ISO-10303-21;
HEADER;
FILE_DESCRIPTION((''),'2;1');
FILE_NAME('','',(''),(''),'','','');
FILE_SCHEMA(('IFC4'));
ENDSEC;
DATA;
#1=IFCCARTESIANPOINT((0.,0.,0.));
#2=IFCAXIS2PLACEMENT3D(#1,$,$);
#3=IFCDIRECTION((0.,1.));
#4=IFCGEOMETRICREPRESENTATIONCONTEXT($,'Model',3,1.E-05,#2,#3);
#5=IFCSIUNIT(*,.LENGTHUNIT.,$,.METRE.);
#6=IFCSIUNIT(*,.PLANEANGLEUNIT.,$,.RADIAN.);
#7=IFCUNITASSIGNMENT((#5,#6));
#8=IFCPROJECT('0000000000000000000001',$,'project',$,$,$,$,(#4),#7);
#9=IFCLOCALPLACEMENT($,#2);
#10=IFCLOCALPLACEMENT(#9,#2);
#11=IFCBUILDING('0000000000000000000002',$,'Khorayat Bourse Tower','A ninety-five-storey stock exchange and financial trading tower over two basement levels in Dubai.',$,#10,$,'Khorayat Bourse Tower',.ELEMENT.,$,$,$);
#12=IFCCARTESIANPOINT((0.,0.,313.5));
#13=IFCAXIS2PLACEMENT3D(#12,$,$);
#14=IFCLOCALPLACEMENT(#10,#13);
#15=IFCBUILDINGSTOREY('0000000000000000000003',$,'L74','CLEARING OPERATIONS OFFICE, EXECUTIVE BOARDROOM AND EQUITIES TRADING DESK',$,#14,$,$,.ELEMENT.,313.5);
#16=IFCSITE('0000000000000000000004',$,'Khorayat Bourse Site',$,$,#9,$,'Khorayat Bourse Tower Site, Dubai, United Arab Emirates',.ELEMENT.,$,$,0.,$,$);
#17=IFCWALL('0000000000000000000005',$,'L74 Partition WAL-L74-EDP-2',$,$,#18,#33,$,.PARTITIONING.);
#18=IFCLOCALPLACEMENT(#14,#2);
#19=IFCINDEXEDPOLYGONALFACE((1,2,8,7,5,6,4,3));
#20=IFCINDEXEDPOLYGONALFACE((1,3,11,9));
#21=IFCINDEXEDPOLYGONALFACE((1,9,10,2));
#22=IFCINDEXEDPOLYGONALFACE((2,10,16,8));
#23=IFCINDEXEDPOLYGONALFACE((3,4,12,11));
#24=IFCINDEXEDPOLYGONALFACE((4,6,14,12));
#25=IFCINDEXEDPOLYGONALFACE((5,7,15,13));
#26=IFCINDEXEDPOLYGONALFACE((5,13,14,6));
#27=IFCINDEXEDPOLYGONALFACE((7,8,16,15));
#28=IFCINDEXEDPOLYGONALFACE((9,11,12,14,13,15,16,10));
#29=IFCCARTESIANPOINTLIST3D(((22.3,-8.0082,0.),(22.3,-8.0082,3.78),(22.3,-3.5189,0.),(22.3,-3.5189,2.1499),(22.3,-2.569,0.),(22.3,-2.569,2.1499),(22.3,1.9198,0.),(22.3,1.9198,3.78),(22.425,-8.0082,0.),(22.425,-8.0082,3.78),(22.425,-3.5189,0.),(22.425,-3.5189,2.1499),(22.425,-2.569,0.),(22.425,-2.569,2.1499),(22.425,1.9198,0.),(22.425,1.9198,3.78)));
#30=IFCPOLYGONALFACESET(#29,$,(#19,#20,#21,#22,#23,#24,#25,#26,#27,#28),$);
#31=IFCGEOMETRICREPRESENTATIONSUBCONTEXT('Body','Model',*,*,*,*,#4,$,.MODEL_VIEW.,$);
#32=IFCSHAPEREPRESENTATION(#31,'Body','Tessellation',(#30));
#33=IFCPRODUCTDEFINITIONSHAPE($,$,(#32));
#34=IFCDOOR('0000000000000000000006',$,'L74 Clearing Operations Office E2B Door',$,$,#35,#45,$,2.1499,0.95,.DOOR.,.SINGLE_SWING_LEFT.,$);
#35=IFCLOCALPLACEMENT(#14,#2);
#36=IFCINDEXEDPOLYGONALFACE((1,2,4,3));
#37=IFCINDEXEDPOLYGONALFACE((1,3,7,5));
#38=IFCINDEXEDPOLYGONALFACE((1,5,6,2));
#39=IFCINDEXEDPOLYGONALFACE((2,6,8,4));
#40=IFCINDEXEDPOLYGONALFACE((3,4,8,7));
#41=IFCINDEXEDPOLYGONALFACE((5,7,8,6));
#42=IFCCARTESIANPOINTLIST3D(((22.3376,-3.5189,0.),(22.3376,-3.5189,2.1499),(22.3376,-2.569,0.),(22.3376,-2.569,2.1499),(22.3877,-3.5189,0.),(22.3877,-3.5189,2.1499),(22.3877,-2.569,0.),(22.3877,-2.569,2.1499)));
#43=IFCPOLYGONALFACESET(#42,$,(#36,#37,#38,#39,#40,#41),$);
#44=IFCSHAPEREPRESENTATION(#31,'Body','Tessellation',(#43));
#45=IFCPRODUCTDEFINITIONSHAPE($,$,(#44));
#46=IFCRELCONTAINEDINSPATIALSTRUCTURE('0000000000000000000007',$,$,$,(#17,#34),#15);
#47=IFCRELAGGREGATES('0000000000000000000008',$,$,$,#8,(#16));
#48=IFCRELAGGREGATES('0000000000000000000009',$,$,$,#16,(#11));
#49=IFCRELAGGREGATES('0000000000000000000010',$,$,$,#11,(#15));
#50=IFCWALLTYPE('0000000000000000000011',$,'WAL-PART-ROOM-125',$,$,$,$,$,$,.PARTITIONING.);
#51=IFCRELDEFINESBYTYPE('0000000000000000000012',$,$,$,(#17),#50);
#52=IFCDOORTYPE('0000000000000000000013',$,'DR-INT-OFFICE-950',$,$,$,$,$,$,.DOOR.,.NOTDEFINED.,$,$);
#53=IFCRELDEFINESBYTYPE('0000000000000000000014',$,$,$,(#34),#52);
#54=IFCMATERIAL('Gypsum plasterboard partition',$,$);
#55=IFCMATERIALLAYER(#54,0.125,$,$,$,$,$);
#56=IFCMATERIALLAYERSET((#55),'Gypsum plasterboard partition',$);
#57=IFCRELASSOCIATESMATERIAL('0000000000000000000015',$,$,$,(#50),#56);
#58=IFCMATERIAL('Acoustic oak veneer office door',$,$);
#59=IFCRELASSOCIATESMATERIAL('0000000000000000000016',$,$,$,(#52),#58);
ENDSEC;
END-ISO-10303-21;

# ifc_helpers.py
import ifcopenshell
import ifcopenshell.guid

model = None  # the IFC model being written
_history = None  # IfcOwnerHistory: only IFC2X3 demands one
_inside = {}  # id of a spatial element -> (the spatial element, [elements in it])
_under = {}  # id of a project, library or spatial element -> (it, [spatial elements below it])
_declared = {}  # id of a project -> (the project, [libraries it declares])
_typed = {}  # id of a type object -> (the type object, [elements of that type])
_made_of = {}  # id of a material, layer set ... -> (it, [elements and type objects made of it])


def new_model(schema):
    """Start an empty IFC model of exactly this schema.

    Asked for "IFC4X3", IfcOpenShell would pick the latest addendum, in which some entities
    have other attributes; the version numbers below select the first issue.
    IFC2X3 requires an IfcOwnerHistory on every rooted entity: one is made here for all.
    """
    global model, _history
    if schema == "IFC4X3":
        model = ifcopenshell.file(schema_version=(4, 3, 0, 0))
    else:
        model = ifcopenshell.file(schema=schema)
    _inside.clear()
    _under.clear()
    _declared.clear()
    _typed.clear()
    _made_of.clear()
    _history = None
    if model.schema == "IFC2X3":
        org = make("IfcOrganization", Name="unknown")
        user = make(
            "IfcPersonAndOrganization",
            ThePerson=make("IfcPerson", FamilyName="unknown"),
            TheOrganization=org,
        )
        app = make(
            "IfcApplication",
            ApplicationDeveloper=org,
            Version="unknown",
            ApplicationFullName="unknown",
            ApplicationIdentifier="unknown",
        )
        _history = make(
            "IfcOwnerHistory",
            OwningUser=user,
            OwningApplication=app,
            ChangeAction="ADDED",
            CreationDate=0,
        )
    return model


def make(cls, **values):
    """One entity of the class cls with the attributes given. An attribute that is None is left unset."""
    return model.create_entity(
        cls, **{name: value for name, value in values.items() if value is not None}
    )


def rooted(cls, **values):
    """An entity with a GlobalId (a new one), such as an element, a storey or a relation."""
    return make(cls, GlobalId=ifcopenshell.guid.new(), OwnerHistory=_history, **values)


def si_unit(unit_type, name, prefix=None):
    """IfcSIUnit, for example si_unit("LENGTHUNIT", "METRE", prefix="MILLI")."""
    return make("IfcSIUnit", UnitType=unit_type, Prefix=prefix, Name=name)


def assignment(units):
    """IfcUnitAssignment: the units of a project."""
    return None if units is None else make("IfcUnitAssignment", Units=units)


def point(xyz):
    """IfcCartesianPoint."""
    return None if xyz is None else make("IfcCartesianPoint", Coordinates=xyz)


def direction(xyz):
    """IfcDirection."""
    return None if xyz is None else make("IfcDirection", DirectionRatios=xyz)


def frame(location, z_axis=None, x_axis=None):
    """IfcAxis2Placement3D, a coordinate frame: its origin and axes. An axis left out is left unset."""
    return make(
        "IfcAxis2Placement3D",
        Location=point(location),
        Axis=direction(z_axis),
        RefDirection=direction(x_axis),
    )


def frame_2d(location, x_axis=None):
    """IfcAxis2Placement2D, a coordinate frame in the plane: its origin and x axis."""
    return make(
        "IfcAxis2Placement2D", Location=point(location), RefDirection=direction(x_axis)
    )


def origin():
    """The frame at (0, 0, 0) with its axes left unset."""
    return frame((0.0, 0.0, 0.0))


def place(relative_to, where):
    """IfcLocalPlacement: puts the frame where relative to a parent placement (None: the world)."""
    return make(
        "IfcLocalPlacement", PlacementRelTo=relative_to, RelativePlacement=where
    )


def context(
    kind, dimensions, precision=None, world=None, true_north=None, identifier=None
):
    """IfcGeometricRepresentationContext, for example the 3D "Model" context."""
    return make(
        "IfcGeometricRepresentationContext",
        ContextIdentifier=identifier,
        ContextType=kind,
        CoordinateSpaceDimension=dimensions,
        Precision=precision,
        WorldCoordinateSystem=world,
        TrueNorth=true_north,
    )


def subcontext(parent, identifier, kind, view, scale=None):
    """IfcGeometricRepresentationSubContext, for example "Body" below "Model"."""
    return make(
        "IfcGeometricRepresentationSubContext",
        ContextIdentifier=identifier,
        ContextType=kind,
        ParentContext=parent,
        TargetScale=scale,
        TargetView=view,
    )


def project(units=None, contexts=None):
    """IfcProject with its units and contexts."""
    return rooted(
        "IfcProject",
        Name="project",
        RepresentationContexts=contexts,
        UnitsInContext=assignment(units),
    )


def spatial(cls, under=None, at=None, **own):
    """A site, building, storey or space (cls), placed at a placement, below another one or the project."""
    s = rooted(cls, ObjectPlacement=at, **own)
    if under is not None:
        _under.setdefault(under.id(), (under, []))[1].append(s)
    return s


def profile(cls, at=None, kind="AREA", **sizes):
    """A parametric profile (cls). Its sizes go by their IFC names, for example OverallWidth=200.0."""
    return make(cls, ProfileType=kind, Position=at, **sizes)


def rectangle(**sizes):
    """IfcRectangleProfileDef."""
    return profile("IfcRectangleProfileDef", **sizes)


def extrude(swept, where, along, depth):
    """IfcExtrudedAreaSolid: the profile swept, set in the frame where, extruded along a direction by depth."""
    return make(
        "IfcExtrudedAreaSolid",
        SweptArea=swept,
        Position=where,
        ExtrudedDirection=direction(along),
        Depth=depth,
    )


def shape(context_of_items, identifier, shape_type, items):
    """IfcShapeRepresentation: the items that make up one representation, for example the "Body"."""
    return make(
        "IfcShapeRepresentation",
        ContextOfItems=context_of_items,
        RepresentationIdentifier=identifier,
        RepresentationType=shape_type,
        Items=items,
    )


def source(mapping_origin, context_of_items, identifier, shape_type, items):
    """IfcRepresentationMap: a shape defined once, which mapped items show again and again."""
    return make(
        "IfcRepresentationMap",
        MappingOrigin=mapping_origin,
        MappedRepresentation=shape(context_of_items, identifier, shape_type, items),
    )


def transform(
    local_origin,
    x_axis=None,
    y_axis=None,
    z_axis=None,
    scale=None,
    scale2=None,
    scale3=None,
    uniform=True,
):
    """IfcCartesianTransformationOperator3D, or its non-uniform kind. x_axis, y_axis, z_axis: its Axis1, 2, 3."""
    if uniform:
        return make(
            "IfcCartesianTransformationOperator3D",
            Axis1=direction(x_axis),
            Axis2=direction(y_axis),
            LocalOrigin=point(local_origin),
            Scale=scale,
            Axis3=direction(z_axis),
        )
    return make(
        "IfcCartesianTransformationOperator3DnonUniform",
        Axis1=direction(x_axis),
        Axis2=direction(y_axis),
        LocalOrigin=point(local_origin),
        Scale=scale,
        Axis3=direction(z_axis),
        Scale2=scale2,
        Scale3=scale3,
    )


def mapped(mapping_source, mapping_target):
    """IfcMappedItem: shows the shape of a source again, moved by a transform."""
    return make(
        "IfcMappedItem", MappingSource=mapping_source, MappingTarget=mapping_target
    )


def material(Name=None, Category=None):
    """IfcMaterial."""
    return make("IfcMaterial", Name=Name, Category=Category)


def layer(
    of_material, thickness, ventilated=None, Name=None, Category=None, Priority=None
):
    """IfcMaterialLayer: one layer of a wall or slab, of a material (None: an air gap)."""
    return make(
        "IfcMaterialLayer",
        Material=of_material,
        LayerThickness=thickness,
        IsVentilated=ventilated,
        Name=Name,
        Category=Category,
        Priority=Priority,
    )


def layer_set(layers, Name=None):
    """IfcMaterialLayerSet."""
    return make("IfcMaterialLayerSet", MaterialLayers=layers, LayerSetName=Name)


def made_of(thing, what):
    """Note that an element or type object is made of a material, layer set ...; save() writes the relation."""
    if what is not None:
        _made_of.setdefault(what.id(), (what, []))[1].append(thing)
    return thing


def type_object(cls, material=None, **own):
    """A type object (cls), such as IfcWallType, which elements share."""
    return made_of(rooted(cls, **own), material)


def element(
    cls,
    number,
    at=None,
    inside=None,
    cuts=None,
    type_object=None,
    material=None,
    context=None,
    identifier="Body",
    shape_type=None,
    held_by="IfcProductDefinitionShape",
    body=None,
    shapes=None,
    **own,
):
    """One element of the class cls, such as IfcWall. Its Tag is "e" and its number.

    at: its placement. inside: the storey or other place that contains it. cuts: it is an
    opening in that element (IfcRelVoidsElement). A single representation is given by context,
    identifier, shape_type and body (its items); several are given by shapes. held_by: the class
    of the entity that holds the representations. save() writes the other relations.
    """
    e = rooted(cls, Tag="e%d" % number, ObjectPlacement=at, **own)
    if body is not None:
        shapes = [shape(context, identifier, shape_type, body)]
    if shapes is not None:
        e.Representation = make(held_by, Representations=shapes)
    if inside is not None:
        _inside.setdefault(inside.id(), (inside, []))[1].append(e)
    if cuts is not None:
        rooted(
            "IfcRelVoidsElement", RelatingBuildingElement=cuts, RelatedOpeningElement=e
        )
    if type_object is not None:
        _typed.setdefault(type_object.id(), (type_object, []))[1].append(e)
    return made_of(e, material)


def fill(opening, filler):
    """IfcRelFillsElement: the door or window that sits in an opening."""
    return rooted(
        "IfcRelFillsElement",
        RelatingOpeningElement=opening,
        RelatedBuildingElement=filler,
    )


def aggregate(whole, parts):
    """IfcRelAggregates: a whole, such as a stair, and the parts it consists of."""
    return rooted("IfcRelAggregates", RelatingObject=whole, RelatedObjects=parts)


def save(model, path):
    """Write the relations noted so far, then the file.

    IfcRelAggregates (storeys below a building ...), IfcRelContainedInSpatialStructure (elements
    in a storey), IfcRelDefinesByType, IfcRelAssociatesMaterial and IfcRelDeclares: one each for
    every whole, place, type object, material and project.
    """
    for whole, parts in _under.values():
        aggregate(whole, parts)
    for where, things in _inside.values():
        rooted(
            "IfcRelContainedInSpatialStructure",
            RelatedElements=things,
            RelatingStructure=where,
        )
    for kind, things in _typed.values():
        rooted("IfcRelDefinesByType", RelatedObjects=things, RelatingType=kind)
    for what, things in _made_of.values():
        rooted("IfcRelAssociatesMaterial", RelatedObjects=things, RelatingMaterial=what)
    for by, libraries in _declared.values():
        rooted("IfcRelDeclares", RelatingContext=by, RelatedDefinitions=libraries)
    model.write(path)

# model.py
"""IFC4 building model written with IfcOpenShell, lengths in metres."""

from ifc_helpers import new_model, si_unit, direction, frame, frame_2d, origin, place, context, subcontext, project, spatial, rectangle, extrude, source, transform, mapped, material, layer, layer_set, type_object, element, fill, save


model = new_model("IFC4")

# Units and contexts
model_context = context("Model", 3, precision=1e-05, world=origin(), true_north=direction((0.0, 1.0)))
body_context = subcontext(model_context, "Body", "Model", "MODEL_VIEW")
ifc_project = project(units=[si_unit("LENGTHUNIT", "METRE"), si_unit("PLANEANGLEUNIT", "RADIAN")], contexts=[model_context])

# Site, building, storey
site_placement = place(None, origin())
site = spatial("IfcSite", under=ifc_project, at=site_placement, Name="Khorayat Bourse Site", LongName="Khorayat Bourse Tower Site, Dubai, United Arab Emirates", CompositionType="ELEMENT", RefElevation=0.0)
building_placement = place(site_placement, origin())
building = spatial("IfcBuilding", under=site, at=building_placement, Name="Khorayat Bourse Tower", Description="A ninety-five-storey stock exchange and financial trading tower over two basement levels in Dubai.", LongName="Khorayat Bourse Tower", CompositionType="ELEMENT")
storey_placement = place(building_placement, frame((0.0, 0.0, 313.5)))
storey = spatial("IfcBuildingStorey", under=building, at=storey_placement, Name="L74", Description="CLEARING OPERATIONS OFFICE, EXECUTIVE BOARDROOM AND EQUITIES TRADING DESK", CompositionType="ELEMENT", Elevation=313.5)

# Wall, opening, door
ifc_material_1 = material(Name="Gypsum plasterboard partition")
ifc_layer_1 = layer(ifc_material_1, 0.125)
ifc_layer_set_1 = layer_set([ifc_layer_1], Name="Gypsum plasterboard partition")
wall_type = type_object("IfcWallType", Name="WAL-PART-ROOM-125", PredefinedType="PARTITIONING", material=ifc_layer_set_1)
shared_shape_1 = source(origin(), body_context, "Body", "SweptSolid", [
    extrude(rectangle(XDim=0.95, YDim=2.1499, at=frame_2d((0.4751, 1.075))), frame((0.0, 0.0725, 0.0), z_axis=(0.0, -1.0, 0.0), x_axis=(1.0, 0.0, 0.0)), (0.0, 0.0, 1.0), 0.145),
])
ifc_material_2 = material(Name="Acoustic oak veneer office door")
door_type = type_object("IfcDoorType", Name="DR-INT-OFFICE-950", OperationType="NOTDEFINED", PredefinedType="DOOR", material=ifc_material_2)
shared_shape_2 = source(origin(), body_context, "Body", "SweptSolid", [
    extrude(rectangle(XDim=0.95, YDim=2.1499, at=frame_2d((0.4751, 1.075))), frame((0.0, 0.0249, 0.0), z_axis=(0.0, -1.0, 0.0), x_axis=(1.0, 0.0, 0.0)), (0.0, 0.0, 1.0), 0.05),
])
shared_shape_3 = source(origin(), body_context, "Body", "SweptSolid", [
    extrude(rectangle(XDim=9.928, YDim=0.125, at=frame_2d((4.9639, 0.0))), origin(), (0.0, 0.0, 1.0), 3.78),
])
wall_1_placement = place(storey_placement, frame((22.3625, -8.0081, 0.0), z_axis=(0.0, 0.0, 1.0), x_axis=(0.0, 1.0, 0.0)))
wall_1 = element("IfcWall", 1, at=wall_1_placement, inside=storey, type_object=wall_type, Name="L74 Partition WAL-L74-EDP-2", PredefinedType="PARTITIONING", context=body_context, shape_type="MappedRepresentation", body=[
    mapped(shared_shape_3, transform((0.0, 0.0, 0.0), scale=1.0)),
])
opening_1_placement = place(wall_1_placement, frame((4.489, 0.0, 0.0)))
opening_1 = element("IfcOpeningElement", 2, at=opening_1_placement, cuts=wall_1, PredefinedType="OPENING", context=body_context, shape_type="MappedRepresentation", body=[
    mapped(shared_shape_1, transform((0.0, 0.0, 0.0), scale=1.0)),
])
door_1_placement = place(opening_1_placement, origin())
door_1 = element("IfcDoor", 3, at=door_1_placement, inside=storey, type_object=door_type, Name="L74 Clearing Operations Office E2B Door", OperationType="SINGLE_SWING_LEFT", OverallHeight=2.1499, OverallWidth=0.95, PredefinedType="DOOR", context=body_context, shape_type="MappedRepresentation", body=[
    mapped(shared_shape_2, transform((0.0, 0.0, 0.0), scale=1.0)),
])
fill(opening_1, door_1)

save(model, "model.ifc")
